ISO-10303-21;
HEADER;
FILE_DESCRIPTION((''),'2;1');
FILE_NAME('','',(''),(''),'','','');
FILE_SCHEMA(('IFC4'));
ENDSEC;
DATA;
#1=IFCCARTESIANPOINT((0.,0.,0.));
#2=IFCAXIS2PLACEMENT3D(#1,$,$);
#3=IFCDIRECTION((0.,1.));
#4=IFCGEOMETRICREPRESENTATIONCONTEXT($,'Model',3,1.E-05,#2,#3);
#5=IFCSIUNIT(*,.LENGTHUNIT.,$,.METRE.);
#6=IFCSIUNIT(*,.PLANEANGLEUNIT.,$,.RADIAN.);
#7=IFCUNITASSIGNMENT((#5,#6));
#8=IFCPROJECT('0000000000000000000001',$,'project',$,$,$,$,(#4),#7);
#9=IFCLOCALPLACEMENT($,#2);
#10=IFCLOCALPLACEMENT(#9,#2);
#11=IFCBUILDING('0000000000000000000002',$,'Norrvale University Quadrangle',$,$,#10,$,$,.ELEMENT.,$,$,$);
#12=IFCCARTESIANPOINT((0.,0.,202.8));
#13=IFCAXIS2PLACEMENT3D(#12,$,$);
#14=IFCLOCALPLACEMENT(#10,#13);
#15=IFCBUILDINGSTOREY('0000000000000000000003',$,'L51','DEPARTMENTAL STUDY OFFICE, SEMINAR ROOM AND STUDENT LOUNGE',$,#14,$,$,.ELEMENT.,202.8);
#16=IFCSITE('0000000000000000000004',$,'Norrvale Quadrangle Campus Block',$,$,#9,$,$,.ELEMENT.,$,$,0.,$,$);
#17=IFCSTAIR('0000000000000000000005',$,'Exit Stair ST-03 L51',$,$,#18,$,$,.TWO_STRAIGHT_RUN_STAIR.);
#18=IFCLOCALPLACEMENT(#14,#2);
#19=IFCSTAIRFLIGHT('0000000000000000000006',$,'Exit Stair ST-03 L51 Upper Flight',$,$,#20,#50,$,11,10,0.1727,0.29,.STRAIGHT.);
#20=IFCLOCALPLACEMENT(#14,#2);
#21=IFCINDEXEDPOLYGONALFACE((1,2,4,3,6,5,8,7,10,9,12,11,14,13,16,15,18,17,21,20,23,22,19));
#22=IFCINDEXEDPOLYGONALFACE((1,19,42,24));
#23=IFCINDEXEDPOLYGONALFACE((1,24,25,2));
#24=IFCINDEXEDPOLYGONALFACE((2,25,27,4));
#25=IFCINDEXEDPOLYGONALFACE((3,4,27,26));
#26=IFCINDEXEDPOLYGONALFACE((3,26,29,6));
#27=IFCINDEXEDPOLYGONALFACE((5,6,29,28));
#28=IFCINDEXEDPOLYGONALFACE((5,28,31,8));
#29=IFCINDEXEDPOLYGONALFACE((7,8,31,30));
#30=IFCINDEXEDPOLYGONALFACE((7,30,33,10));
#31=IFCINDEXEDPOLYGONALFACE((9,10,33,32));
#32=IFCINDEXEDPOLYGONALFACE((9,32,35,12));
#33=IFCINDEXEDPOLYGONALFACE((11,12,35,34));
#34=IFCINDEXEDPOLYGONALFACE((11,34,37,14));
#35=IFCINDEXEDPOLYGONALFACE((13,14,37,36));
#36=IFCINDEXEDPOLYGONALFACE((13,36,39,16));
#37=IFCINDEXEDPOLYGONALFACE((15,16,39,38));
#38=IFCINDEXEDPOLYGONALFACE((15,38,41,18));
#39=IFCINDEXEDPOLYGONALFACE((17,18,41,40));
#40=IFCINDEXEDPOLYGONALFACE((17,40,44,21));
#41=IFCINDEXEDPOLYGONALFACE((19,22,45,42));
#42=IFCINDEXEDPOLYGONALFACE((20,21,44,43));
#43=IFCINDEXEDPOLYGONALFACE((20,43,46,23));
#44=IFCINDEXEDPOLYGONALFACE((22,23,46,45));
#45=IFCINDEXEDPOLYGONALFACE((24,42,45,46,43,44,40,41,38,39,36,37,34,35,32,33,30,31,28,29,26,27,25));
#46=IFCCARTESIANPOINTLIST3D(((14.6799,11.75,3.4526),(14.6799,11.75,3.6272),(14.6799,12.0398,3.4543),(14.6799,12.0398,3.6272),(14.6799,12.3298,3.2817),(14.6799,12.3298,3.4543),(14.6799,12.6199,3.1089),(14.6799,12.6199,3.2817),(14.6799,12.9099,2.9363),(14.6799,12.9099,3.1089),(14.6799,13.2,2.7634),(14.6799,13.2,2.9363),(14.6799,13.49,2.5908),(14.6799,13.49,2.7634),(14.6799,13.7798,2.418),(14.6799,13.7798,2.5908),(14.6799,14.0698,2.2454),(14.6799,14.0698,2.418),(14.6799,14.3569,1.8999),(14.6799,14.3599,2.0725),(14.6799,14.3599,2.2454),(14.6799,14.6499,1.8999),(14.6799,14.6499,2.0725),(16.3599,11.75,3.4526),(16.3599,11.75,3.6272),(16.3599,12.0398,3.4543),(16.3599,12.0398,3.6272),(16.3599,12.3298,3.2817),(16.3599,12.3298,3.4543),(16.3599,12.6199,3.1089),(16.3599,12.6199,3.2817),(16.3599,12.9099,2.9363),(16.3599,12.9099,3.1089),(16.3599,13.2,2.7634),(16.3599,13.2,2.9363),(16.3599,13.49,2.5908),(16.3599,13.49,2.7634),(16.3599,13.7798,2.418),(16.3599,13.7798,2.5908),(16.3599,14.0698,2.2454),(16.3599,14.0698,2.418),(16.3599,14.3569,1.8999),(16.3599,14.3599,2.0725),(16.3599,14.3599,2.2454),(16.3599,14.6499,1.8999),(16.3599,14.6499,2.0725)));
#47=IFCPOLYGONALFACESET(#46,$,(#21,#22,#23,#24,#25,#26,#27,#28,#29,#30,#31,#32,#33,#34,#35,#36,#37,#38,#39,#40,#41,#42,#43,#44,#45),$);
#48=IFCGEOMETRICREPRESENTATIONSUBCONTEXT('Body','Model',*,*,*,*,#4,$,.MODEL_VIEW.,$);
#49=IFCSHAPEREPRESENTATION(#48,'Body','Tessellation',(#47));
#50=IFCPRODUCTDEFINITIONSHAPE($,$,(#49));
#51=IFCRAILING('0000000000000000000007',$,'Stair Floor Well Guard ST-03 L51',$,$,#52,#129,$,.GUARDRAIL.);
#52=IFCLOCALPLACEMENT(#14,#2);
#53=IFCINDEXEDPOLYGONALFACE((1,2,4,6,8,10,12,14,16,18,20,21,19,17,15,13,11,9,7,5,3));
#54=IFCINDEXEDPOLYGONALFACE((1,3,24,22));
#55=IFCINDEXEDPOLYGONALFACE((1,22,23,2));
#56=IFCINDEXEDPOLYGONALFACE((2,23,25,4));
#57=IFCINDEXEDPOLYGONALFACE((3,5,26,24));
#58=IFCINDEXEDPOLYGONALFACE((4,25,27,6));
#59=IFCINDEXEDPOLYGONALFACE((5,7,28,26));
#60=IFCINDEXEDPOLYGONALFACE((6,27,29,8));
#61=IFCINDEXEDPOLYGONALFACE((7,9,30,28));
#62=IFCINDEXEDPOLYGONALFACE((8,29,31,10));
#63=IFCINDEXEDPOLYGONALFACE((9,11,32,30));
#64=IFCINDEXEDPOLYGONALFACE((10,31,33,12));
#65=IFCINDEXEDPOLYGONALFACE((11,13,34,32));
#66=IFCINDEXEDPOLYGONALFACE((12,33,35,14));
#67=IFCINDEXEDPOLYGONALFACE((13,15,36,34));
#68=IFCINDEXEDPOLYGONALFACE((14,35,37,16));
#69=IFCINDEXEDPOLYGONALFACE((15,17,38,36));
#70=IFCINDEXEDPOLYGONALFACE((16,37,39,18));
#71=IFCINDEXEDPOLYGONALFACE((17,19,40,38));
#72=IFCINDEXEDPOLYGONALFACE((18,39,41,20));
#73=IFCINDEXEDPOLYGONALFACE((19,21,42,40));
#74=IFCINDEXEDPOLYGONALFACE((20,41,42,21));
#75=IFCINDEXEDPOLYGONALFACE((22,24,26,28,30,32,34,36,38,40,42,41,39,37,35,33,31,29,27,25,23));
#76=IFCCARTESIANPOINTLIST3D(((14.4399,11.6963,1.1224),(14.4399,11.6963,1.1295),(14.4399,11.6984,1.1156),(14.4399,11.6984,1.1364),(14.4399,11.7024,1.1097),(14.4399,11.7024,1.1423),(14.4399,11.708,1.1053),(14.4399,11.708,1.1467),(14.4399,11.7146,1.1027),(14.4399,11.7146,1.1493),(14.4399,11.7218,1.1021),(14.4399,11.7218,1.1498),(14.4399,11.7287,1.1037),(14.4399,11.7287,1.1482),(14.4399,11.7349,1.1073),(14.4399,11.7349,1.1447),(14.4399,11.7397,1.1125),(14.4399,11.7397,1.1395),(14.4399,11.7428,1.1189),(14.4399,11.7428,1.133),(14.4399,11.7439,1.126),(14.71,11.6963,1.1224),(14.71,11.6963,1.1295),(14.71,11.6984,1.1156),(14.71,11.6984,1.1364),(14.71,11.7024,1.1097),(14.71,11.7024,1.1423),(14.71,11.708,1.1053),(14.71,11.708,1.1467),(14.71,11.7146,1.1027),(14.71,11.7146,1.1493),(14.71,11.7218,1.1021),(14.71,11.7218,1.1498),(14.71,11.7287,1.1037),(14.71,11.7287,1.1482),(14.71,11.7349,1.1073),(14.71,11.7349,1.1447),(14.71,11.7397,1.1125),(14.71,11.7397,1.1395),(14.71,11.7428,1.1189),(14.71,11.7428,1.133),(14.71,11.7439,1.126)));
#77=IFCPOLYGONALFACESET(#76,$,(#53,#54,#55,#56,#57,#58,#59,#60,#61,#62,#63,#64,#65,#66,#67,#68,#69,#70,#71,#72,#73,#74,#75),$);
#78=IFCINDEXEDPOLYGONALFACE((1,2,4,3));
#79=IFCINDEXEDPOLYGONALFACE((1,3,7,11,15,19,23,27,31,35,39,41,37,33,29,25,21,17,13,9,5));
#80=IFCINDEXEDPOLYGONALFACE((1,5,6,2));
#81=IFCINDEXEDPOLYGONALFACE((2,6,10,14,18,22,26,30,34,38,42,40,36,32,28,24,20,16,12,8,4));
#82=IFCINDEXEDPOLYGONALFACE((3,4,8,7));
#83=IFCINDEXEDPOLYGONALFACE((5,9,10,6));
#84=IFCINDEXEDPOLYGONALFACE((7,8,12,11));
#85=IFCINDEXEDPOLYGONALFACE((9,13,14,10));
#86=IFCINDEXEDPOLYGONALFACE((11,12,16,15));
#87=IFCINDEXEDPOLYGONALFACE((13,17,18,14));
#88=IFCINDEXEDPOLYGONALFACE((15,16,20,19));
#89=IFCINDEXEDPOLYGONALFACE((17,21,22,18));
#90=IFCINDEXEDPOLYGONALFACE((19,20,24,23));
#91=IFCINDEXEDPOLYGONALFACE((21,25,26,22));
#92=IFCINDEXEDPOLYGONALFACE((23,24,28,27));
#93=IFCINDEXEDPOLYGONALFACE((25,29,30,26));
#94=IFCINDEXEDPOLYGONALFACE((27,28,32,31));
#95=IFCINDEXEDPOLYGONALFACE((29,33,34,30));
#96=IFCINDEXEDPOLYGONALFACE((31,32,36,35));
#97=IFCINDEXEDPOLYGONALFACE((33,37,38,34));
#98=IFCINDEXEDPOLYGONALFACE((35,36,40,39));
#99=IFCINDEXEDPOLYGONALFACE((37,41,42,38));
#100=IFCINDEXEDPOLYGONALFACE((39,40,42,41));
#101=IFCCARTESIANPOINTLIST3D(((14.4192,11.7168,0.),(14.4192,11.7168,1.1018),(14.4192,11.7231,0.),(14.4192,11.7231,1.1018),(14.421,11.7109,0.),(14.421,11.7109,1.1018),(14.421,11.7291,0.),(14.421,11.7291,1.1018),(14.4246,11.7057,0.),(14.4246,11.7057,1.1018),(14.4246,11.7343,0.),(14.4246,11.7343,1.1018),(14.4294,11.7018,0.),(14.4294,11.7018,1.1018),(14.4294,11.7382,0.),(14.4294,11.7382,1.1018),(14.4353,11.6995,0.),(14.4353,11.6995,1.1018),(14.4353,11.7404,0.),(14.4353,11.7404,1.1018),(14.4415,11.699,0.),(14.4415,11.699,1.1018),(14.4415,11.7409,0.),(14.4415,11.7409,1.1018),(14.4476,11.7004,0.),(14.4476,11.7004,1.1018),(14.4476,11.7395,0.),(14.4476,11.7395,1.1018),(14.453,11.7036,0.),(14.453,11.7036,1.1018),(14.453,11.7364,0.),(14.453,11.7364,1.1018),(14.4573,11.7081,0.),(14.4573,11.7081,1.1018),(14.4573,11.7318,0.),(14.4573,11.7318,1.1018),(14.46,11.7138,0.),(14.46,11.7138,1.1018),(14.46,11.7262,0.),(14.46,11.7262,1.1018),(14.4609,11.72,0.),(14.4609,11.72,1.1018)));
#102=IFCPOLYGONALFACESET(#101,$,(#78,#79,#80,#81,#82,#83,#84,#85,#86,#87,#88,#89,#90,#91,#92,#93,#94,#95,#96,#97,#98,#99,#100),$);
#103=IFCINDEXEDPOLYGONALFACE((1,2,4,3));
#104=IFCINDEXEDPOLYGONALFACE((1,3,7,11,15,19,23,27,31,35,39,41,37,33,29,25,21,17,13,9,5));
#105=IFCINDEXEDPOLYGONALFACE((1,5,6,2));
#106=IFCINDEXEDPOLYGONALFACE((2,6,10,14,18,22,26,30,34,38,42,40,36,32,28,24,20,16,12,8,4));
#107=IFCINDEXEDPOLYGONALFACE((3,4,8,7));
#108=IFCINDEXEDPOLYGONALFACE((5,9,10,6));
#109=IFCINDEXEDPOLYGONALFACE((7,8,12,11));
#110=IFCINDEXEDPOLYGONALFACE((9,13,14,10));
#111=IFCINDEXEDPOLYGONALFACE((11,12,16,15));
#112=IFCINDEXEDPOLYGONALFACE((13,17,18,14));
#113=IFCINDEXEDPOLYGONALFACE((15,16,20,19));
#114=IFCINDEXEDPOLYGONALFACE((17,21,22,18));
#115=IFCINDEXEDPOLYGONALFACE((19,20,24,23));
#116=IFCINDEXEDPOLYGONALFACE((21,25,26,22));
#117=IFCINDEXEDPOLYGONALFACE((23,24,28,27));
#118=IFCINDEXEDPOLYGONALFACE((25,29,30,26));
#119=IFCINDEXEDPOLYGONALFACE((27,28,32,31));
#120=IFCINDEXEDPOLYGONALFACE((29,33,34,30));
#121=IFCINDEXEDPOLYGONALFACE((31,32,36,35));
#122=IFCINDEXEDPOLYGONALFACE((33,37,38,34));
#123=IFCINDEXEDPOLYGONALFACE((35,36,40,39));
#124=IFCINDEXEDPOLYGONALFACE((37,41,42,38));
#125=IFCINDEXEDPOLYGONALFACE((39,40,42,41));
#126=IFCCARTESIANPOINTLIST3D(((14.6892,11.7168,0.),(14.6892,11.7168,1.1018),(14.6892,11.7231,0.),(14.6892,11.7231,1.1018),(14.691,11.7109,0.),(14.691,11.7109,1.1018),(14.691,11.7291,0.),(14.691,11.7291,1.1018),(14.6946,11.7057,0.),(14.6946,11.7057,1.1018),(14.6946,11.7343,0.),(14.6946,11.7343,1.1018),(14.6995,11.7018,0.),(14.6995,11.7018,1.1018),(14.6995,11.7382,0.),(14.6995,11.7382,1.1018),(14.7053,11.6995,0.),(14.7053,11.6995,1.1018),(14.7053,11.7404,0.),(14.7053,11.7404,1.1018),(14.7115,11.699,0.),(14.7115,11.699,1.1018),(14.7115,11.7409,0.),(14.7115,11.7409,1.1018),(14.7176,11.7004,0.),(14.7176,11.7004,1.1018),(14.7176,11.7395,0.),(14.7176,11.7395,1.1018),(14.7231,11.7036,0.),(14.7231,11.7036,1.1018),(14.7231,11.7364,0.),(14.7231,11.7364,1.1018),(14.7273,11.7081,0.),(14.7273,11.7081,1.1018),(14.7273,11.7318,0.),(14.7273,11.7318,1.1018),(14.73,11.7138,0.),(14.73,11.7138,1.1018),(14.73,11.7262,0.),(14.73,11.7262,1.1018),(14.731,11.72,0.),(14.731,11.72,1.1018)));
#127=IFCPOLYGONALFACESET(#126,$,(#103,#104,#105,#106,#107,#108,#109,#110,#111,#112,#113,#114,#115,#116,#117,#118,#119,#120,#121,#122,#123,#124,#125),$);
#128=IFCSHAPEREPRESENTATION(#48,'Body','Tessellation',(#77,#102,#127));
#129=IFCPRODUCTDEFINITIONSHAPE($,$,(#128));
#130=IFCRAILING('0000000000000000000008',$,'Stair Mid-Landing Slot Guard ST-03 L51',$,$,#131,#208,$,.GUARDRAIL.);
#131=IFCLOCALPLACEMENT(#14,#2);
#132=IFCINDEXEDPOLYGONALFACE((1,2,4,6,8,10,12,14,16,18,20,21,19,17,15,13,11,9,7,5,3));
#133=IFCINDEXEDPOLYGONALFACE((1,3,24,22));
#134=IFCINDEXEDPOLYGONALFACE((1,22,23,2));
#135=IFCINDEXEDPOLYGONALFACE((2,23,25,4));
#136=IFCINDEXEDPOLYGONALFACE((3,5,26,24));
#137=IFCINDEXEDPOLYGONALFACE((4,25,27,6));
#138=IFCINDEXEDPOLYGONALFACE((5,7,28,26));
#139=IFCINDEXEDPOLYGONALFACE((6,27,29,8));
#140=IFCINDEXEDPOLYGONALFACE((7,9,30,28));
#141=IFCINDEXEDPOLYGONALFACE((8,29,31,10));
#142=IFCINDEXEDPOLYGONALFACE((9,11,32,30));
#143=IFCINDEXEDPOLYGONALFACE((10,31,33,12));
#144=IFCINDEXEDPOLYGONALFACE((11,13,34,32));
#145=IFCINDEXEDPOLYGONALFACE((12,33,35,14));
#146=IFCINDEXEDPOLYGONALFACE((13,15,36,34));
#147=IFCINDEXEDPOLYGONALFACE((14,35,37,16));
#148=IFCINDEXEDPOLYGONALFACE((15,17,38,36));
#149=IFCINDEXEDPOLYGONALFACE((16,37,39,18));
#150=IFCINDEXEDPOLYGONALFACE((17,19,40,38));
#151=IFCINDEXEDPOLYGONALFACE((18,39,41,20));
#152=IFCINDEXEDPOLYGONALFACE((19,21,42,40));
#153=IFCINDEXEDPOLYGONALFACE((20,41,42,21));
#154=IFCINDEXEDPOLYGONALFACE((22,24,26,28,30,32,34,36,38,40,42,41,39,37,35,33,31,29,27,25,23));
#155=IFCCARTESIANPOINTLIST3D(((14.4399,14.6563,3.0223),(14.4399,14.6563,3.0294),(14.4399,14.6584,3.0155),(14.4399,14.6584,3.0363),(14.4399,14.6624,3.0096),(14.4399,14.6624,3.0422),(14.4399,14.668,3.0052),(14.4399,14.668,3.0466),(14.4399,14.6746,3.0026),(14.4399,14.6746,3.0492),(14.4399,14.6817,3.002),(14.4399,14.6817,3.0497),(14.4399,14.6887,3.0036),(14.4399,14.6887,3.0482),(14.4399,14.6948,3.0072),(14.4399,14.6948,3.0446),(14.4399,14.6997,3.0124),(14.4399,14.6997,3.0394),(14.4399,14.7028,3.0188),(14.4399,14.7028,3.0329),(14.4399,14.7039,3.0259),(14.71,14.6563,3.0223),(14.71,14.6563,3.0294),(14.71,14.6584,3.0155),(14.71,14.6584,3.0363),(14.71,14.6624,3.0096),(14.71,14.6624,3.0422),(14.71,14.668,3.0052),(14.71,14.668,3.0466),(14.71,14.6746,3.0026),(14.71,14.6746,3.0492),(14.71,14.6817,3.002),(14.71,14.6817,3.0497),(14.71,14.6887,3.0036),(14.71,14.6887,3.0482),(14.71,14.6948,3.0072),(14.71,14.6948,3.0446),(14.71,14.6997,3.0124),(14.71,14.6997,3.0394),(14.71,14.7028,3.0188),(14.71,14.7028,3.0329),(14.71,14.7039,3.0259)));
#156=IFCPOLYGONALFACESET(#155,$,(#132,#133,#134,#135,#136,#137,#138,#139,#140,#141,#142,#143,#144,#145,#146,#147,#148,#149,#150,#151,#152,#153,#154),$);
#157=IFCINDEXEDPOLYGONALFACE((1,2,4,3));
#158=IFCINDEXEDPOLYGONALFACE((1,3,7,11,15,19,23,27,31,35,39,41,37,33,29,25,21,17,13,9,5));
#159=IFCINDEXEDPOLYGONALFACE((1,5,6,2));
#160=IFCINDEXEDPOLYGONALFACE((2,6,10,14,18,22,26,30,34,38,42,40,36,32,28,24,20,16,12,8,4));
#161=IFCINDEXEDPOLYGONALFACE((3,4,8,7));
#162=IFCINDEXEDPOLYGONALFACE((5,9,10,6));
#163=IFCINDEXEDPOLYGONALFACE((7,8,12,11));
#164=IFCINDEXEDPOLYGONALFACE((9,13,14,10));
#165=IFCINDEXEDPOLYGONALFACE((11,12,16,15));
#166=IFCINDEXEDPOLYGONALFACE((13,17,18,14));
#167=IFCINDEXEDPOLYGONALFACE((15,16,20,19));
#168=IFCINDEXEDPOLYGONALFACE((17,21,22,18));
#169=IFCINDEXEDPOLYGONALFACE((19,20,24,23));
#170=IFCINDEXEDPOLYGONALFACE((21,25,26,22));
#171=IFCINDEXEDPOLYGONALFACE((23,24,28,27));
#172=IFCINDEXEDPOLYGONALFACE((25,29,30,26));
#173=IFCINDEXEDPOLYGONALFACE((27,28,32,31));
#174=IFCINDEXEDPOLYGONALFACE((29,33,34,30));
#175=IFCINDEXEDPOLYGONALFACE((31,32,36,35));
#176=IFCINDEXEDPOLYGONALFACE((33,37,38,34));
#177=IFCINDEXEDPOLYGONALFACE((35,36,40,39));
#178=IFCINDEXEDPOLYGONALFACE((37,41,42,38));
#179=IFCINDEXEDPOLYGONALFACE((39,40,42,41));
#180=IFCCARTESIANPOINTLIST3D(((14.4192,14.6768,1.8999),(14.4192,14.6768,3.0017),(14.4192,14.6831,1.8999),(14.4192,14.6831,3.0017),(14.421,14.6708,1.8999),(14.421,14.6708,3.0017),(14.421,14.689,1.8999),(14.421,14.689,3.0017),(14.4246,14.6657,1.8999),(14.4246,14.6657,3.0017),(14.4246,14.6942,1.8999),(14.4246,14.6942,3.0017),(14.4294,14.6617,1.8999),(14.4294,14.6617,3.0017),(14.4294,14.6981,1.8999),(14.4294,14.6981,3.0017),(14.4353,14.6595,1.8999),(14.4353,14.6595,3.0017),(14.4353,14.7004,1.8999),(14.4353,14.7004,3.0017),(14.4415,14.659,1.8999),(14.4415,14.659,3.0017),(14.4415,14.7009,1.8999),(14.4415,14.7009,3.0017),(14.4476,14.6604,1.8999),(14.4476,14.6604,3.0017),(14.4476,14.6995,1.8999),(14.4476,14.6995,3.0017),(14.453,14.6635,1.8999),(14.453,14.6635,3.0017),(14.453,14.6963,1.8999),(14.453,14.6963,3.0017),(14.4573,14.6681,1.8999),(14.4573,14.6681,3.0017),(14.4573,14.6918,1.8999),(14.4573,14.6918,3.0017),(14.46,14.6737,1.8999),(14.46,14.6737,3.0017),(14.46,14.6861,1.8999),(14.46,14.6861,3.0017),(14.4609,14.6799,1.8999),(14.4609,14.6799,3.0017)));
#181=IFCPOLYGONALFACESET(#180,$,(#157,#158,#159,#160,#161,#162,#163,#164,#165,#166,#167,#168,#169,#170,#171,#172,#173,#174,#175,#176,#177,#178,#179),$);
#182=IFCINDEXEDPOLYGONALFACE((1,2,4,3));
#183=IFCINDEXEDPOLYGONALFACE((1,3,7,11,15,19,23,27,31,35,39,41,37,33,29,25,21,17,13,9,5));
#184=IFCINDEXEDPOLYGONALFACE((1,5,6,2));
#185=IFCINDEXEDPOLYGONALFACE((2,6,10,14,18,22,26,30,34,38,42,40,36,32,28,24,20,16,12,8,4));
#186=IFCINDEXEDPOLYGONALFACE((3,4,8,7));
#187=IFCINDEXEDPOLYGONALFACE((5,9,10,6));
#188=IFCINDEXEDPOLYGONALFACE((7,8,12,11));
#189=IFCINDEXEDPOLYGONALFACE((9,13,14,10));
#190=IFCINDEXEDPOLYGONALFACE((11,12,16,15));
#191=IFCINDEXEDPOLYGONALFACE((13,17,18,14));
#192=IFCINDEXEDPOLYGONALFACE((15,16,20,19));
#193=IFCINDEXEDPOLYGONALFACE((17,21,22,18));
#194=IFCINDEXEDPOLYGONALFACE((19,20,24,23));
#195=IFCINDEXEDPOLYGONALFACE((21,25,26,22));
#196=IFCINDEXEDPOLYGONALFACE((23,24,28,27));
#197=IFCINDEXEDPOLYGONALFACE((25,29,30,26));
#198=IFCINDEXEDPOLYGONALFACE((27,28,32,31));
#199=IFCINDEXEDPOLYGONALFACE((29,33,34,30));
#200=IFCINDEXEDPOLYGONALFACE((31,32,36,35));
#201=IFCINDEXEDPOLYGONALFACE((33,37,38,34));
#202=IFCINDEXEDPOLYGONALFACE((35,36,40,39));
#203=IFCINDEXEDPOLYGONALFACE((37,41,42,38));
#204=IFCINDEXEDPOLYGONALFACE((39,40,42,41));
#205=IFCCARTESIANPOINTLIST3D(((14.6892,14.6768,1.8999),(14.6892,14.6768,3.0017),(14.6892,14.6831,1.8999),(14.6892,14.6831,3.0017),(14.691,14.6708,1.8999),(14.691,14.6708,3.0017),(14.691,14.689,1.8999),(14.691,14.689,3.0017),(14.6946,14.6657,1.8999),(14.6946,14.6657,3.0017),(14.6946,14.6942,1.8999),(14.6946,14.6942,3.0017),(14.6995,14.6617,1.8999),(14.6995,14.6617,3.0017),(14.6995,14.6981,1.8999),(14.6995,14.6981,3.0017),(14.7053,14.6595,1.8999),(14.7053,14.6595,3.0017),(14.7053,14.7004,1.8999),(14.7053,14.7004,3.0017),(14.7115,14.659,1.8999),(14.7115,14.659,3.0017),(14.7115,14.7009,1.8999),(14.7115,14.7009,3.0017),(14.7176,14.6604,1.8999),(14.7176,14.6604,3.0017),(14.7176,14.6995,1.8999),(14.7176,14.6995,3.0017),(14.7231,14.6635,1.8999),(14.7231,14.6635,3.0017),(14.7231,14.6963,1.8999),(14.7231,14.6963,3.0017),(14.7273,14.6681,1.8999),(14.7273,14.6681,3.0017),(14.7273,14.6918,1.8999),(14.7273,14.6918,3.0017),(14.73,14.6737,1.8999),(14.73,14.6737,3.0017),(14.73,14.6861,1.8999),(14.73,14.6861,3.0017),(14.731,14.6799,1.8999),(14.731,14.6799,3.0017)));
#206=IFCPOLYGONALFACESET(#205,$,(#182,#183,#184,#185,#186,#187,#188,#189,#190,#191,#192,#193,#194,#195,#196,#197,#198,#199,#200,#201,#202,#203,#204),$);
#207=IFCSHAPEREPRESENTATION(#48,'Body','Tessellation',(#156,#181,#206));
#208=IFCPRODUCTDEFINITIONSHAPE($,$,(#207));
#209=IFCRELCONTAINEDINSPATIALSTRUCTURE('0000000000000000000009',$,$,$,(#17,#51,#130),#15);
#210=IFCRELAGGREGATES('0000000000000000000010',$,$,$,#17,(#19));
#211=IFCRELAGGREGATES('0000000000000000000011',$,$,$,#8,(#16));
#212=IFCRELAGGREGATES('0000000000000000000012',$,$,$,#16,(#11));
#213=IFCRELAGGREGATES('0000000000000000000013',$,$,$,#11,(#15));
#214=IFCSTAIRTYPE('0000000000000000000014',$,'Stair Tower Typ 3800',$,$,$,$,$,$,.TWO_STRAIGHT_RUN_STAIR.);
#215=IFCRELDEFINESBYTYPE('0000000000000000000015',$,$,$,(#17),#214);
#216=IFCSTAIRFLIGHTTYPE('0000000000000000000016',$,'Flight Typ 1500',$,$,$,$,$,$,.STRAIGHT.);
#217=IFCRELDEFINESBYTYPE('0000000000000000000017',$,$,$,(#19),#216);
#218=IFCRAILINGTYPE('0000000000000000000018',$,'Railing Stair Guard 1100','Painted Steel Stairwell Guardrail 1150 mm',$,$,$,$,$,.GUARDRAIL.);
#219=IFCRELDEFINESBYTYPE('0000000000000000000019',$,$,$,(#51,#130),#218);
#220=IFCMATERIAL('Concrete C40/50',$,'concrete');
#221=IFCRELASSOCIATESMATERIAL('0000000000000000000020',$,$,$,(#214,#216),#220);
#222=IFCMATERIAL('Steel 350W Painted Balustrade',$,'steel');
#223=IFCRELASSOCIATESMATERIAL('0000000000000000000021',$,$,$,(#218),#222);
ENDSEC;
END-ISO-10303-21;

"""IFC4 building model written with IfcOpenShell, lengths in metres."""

from ifc_helpers import new_model, si_unit, direction, frame, origin, origin_2d, place, context, subcontext, project, spatial, polyline, circle, outline, extrude, material, type_object, element, aggregate, save


model = new_model("IFC4")

# Units and contexts
model_context = context("Model", 3, precision=1e-05, world=origin(), true_north=direction((0.0, 1.0)))
body_context = subcontext(model_context, "Body", "Model", "MODEL_VIEW")
ifc_project = project(units=[si_unit("LENGTHUNIT", "METRE"), si_unit("PLANEANGLEUNIT", "RADIAN")], contexts=[model_context])

# Site, building, storey
site_placement = place(None, origin())
site = spatial("IfcSite", under=ifc_project, at=site_placement, Name="Norrvale Quadrangle Campus Block", CompositionType="ELEMENT", RefElevation=0.0)
building_placement = place(site_placement, origin())
building = spatial("IfcBuilding", under=site, at=building_placement, Name="Norrvale University Quadrangle", CompositionType="ELEMENT")
storey_placement = place(building_placement, frame((0.0, 0.0, 202.8)))
storey = spatial("IfcBuildingStorey", under=building, at=storey_placement, Name="L51", Description="DEPARTMENTAL STUDY OFFICE, SEMINAR ROOM AND STUDENT LOUNGE", CompositionType="ELEMENT", Elevation=202.8)

# Stair, stair flight
ifc_material_1 = material(Name="Concrete C40/50", Category="concrete")
stair_type = type_object("IfcStairType", Name="Stair Tower Typ 3800", PredefinedType="TWO_STRAIGHT_RUN_STAIR", material=ifc_material_1)
stair_placement = place(storey_placement, origin())
stair = element("IfcStair", 1, at=stair_placement, inside=storey, type_object=stair_type, Name="Exit Stair ST-03 L51", PredefinedType="TWO_STRAIGHT_RUN_STAIR")
stair_flight_type = type_object("IfcStairFlightType", Name="Flight Typ 1500", PredefinedType="STRAIGHT", material=ifc_material_1)
stair_flight_1_placement = place(storey_placement, frame((15.52, 14.6499, 1.8999), z_axis=(0.0, 0.0, 1.0), x_axis=(0.0, -1.0, 0.0)))
stair_flight_1 = element("IfcStairFlight", 2, at=stair_flight_1_placement, type_object=stair_flight_type, Name="Exit Stair ST-03 L51 Upper Flight", NumberOfRisers=11, NumberOfTreads=10, PredefinedType="STRAIGHT", RiserHeight=0.1727, TreadLength=0.29, context=body_context, shape_type="SweptSolid", body=[
    extrude(outline(polyline([(0.0, 0.0), (0.0, 0.1726), (0.29, 0.1726), (0.29, 0.3455), (0.5801, 0.3455), (0.5801, 0.5181), (0.8701, 0.5181), (0.8701, 0.6909), (1.1599, 0.6909), (1.1599, 0.8635), (1.45, 0.8635), (1.45, 1.0364), (1.74, 1.0364), (1.74, 1.209), (2.03, 1.209), (2.03, 1.3818), (2.3201, 1.3818), (2.3201, 1.5544), (2.6101, 1.5544), (2.6101, 1.7273), (2.8999, 1.7273), (2.8999, 1.8999), (2.8999, 1.5527), (0.293, 0.0), (0.0, 0.0)])), frame((0.0, 0.8398, 0.0), z_axis=(0.0, -1.0, 0.0), x_axis=(1.0, 0.0, 0.0)), (0.0, 0.0, 1.0), 1.6799),
])
aggregate(stair, [stair_flight_1])

# Railings
ifc_material_2 = material(Name="Steel 350W Painted Balustrade", Category="steel")
railing_type_1 = type_object("IfcRailingType", Name="Railing Stair Guard 1100", Description="Painted Steel Stairwell Guardrail 1150 mm", PredefinedType="GUARDRAIL", material=ifc_material_2)
for number, where, name in (
    (3, (14.4399, 11.72, 0.0), "Stair Floor Well Guard ST-03 L51"),
    (4, (14.4399, 14.6799, 1.8999), "Stair Mid-Landing Slot Guard ST-03 L51"),
):
    element("IfcRailing", number, at=place(storey_placement, frame(where)), inside=storey, type_object=railing_type_1, Name=name, PredefinedType="GUARDRAIL", context=body_context, shape_type="SweptSolid", body=[
        extrude(circle(Radius=0.0239, at=origin_2d()), frame((0.0, 0.0, 1.126), z_axis=(1.0, 0.0, 0.0), x_axis=(0.0, 1.0, 0.0)), (0.0, 0.0, 1.0), 0.27),
        extrude(circle(Radius=0.021, at=origin_2d()), origin(), (0.0, 0.0, 1.0), 1.1018),
        extrude(circle(Radius=0.021, at=origin_2d()), frame((0.27, 0.0, 0.0)), (0.0, 0.0, 1.0), 1.1018),
    ])

save(model, "model.ifc")
